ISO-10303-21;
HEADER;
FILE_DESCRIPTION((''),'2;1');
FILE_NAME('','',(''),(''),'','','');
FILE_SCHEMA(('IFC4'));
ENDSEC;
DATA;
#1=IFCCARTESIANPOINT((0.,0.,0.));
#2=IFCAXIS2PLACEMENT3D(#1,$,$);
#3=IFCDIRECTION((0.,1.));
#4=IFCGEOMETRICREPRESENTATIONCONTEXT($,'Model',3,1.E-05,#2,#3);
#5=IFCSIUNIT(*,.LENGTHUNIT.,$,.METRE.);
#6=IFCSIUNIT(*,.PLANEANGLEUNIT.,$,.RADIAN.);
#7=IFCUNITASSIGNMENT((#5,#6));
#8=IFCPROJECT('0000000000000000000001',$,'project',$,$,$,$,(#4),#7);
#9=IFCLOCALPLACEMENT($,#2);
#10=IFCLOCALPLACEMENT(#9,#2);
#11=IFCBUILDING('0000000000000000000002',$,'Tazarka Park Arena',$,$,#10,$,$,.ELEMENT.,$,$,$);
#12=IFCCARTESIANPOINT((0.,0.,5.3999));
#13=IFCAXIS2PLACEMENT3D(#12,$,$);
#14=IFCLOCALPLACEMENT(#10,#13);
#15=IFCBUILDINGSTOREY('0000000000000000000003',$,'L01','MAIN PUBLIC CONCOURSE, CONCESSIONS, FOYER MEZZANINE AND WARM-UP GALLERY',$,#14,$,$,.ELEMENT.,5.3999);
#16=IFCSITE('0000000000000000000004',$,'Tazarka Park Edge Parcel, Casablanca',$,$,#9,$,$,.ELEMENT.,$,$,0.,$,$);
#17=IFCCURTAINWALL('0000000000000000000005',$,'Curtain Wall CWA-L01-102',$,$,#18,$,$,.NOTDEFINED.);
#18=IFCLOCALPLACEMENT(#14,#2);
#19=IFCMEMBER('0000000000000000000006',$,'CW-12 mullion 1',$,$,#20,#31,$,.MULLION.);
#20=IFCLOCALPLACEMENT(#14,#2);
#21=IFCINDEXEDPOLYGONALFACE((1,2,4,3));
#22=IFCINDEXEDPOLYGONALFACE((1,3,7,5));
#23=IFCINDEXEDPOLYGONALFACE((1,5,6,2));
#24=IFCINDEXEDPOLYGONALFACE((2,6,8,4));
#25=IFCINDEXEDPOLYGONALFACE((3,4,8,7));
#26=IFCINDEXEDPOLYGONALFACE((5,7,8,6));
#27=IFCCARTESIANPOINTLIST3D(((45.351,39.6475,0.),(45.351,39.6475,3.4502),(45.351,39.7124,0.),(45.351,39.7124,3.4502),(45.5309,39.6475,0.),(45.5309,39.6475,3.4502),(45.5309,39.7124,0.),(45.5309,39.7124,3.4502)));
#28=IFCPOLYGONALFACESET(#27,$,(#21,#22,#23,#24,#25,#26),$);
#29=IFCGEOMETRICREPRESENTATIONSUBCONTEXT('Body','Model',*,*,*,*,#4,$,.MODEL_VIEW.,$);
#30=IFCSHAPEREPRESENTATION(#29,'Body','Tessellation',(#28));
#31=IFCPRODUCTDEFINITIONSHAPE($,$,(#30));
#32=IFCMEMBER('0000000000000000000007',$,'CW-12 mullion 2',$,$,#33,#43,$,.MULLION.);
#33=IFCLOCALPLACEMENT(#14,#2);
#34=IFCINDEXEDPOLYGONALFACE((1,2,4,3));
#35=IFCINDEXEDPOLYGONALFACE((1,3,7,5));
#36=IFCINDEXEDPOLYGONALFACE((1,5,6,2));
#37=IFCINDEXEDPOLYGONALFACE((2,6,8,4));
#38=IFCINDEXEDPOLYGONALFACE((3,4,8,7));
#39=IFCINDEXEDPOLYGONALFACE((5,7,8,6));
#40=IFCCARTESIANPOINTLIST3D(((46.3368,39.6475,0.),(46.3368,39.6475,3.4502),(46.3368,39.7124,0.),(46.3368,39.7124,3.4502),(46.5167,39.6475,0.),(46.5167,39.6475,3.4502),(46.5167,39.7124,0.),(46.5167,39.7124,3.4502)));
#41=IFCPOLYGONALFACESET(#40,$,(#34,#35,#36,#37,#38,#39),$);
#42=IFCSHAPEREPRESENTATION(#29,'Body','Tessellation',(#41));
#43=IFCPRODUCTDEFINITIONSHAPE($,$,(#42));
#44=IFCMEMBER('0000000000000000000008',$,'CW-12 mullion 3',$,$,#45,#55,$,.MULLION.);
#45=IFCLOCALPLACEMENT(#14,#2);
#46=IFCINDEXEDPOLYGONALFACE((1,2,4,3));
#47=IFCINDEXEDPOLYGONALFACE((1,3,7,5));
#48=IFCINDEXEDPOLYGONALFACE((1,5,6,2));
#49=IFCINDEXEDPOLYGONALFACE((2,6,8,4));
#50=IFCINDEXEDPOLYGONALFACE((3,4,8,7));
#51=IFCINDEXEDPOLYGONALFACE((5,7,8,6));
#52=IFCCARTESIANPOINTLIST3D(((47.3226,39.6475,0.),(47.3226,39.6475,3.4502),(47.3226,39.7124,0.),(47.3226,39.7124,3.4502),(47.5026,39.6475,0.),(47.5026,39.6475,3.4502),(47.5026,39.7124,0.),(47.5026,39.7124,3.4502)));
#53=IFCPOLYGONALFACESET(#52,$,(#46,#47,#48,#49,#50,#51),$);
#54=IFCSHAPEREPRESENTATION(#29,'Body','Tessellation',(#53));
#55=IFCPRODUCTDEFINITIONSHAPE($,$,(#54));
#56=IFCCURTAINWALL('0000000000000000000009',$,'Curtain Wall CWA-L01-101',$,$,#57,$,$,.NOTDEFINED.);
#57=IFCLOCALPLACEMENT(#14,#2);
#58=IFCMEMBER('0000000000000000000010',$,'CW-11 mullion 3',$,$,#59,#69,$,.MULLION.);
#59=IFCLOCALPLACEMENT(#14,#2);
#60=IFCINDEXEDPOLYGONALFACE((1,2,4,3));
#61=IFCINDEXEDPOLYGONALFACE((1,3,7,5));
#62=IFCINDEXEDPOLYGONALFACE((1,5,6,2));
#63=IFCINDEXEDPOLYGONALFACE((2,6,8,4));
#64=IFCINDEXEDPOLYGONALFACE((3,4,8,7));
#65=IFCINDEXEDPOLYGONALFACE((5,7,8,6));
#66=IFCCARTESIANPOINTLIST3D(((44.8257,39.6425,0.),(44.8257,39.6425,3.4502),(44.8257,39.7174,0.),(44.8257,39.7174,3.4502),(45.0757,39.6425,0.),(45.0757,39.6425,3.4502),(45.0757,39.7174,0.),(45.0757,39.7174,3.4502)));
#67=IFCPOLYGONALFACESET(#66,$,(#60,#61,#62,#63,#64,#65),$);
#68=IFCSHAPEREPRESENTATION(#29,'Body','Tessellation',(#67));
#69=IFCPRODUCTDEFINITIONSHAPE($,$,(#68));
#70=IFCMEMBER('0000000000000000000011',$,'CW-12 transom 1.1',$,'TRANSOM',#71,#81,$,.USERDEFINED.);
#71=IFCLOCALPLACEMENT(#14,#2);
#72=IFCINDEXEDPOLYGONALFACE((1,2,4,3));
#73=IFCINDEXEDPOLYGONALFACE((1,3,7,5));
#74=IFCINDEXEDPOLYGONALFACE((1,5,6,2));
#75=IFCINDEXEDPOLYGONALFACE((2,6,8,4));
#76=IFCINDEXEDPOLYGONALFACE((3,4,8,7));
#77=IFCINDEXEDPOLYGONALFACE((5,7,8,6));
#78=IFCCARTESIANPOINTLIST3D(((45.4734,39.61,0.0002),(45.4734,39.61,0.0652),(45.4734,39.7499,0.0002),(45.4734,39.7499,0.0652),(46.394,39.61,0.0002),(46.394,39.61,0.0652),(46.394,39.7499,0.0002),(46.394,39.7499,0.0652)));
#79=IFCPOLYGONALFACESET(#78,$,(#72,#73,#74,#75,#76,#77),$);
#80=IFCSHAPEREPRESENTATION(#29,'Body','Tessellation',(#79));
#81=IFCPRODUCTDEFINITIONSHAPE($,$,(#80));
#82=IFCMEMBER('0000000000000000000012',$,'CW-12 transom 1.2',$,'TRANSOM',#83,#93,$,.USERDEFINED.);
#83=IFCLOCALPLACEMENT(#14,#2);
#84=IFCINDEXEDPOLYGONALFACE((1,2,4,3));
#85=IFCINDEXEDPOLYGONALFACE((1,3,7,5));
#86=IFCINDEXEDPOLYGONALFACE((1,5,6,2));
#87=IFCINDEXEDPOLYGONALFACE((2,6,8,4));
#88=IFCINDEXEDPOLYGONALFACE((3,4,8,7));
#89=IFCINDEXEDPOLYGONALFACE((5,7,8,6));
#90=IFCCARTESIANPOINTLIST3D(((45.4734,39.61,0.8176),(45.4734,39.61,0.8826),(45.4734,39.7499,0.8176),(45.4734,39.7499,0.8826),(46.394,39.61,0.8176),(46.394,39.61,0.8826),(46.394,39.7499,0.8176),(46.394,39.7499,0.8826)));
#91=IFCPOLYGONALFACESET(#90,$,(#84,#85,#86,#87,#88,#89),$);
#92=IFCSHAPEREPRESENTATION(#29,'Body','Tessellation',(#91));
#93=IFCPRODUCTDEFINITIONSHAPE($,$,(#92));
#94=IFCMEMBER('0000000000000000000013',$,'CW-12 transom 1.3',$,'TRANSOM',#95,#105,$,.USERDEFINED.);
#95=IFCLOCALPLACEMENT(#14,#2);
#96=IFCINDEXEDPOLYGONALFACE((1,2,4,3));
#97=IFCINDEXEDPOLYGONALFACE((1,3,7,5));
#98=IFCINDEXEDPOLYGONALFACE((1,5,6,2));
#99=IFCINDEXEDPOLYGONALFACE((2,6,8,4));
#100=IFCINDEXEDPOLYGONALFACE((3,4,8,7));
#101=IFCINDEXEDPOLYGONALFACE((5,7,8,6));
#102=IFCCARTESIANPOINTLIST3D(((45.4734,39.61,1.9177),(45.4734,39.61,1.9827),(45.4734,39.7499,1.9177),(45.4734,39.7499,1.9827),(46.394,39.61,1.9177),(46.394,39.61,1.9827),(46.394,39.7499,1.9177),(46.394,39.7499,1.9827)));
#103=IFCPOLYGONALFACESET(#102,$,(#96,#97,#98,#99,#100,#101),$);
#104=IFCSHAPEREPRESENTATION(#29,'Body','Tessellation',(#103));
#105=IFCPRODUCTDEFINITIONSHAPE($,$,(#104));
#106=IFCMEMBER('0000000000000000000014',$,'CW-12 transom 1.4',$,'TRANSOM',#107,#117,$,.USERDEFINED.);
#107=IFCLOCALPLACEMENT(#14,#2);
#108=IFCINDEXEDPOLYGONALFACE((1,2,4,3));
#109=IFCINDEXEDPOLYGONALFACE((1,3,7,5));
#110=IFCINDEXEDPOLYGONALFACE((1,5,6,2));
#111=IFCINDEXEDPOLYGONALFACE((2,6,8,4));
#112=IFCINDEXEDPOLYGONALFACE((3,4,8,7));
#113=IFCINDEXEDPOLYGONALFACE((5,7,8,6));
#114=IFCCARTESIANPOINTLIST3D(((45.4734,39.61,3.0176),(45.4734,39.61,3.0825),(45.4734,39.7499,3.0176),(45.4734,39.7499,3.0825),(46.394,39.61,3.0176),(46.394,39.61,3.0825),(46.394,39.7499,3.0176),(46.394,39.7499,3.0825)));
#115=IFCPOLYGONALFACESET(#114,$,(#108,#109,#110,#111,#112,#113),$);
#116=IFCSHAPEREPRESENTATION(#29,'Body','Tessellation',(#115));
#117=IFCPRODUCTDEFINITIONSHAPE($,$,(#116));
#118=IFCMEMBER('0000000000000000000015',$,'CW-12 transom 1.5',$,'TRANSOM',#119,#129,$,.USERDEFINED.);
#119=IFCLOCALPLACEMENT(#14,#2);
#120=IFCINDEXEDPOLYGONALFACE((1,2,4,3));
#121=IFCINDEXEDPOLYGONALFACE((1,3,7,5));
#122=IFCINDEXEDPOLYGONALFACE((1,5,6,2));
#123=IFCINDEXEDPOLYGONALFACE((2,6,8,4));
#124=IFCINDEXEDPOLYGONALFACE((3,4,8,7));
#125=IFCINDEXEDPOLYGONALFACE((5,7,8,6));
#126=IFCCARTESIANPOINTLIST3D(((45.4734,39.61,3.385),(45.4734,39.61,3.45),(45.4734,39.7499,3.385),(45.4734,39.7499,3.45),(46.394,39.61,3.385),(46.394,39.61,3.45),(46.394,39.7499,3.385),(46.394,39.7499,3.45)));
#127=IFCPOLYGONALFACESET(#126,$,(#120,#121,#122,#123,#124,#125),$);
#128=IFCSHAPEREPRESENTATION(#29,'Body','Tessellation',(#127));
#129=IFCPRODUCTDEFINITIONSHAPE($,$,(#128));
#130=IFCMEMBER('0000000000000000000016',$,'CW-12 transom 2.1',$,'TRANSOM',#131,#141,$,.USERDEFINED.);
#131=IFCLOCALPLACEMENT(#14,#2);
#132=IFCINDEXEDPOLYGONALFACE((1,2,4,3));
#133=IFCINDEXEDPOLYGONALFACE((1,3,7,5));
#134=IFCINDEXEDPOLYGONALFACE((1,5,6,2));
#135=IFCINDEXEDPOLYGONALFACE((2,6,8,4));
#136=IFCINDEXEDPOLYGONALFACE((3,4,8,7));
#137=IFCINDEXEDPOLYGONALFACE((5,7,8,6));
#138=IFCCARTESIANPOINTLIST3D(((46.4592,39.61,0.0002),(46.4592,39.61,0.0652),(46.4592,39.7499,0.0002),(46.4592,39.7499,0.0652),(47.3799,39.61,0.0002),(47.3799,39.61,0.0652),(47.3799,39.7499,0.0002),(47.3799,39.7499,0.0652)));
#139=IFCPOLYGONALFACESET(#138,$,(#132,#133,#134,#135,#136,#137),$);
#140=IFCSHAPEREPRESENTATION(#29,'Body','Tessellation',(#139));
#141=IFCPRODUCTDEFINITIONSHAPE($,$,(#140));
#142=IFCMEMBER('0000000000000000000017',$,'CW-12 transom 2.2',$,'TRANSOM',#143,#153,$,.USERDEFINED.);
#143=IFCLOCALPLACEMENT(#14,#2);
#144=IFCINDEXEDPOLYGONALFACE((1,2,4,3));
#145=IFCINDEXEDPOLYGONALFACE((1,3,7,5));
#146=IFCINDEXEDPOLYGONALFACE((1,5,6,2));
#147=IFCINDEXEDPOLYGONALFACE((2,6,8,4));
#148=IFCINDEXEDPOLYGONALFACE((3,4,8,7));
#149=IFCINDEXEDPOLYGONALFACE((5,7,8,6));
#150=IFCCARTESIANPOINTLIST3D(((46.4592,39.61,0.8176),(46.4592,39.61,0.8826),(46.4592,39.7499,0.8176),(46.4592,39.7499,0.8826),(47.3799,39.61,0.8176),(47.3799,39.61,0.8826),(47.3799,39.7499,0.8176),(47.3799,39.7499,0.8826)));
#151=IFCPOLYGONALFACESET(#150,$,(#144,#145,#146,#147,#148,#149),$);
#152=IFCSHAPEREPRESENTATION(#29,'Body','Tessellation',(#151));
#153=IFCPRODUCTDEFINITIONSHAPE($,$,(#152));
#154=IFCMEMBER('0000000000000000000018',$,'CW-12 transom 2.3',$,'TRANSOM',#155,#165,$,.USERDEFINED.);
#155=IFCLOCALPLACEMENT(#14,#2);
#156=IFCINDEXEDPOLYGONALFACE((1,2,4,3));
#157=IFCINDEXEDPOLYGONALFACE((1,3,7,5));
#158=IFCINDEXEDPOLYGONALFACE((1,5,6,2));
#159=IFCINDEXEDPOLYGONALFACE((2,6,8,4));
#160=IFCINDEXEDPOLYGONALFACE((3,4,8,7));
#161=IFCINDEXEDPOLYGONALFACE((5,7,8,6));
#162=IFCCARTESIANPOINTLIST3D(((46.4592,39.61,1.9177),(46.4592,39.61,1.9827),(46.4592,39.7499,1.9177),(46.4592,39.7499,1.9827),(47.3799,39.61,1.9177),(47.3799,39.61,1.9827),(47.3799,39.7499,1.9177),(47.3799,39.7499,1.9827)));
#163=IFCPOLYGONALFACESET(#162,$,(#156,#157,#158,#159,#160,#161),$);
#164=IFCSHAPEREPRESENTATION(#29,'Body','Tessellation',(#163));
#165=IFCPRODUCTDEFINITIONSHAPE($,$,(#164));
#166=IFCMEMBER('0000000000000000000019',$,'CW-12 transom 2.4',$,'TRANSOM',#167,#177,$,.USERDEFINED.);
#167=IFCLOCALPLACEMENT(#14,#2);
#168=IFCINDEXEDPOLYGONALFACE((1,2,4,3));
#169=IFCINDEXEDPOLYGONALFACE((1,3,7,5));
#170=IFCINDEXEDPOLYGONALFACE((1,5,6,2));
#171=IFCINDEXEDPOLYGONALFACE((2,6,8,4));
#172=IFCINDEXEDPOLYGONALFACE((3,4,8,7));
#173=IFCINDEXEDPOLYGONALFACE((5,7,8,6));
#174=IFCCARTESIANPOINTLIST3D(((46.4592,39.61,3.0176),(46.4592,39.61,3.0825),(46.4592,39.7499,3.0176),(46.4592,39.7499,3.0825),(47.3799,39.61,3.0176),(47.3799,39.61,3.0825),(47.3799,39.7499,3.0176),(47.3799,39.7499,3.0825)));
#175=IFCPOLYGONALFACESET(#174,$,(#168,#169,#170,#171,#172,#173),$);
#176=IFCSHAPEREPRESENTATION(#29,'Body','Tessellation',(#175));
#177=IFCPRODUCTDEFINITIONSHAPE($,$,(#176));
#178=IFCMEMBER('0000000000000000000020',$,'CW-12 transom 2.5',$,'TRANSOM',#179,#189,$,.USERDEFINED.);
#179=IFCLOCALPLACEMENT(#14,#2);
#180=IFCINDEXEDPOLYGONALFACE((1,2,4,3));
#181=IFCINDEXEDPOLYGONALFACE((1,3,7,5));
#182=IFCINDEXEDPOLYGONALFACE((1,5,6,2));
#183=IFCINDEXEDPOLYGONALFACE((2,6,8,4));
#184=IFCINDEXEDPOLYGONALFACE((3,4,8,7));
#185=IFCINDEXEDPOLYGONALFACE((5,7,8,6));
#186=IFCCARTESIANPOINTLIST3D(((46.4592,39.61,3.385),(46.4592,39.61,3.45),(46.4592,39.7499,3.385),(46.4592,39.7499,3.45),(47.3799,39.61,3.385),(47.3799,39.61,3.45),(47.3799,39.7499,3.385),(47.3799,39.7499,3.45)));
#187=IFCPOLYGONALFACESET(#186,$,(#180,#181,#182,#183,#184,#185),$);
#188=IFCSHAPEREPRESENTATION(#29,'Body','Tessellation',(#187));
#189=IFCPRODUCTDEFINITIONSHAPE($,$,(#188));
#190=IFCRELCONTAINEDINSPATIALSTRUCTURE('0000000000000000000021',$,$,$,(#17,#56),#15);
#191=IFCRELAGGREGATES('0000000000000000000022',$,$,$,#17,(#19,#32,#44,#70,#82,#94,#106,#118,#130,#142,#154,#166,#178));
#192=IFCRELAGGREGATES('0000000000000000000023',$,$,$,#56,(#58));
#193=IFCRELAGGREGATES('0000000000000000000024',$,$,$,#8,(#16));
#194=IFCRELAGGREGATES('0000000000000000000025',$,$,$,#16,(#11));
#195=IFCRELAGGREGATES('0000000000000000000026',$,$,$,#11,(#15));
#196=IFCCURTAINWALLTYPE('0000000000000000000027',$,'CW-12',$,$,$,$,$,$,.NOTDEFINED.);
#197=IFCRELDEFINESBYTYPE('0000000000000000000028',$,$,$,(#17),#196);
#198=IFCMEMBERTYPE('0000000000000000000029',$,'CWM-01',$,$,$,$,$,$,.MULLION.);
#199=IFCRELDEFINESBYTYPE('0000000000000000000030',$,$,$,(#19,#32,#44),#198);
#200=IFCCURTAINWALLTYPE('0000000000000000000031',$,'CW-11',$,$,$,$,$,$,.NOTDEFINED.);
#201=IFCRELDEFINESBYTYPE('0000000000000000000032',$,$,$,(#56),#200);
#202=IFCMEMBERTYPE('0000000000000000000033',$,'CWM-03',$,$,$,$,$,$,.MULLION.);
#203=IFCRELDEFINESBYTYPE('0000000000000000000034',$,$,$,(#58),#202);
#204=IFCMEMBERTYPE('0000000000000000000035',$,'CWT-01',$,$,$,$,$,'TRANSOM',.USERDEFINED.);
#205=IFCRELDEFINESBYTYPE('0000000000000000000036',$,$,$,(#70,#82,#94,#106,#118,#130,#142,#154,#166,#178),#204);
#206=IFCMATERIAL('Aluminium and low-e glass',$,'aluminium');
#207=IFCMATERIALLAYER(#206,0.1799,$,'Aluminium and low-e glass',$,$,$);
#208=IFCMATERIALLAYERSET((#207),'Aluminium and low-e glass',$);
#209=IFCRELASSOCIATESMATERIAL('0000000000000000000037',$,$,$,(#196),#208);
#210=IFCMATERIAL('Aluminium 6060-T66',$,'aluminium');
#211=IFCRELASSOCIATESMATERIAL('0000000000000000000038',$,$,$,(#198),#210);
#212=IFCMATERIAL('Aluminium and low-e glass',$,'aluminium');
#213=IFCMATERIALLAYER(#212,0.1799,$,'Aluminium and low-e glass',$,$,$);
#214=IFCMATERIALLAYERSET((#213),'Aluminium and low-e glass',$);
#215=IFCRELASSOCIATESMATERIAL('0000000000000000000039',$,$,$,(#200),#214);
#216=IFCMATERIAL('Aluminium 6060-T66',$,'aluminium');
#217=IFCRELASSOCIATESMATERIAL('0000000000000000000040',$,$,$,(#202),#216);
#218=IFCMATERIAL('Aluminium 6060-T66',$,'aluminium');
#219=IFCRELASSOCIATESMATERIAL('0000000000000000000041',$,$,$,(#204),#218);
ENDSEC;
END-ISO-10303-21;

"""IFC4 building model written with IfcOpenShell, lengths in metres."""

from ifc_helpers import new_model, si_unit, direction, frame, origin, origin_2d, place, context, subcontext, project, spatial, rectangle, extrude, material, layer, layer_set, material_profile, profile_set, type_object, element, aggregate, save


model = new_model("IFC4")

# Units and contexts
model_context = context("Model", 3, precision=1e-05, world=origin(), true_north=direction((0.0, 1.0)))
body_context = subcontext(model_context, "Body", "Model", "MODEL_VIEW")
ifc_project = project(units=[si_unit("LENGTHUNIT", "METRE"), si_unit("PLANEANGLEUNIT", "RADIAN")], contexts=[model_context])

# Site, building, storey
site_placement = place(None, origin())
site = spatial("IfcSite", under=ifc_project, at=site_placement, Name="Tazarka Park Edge Parcel, Casablanca", CompositionType="ELEMENT", RefElevation=0.0)
building_placement = place(site_placement, origin())
building = spatial("IfcBuilding", under=site, at=building_placement, Name="Tazarka Park Arena", CompositionType="ELEMENT")
storey_placement = place(building_placement, frame((0.0, 0.0, 5.3999)))
storey = spatial("IfcBuildingStorey", under=building, at=storey_placement, Name="L01", Description="MAIN PUBLIC CONCOURSE, CONCESSIONS, FOYER MEZZANINE AND WARM-UP GALLERY", CompositionType="ELEMENT", Elevation=5.3999)

# Curtain wall, members
ifc_material_1 = material(Name="Aluminium and low-e glass", Category="aluminium")
ifc_layer_1 = layer(ifc_material_1, 0.1799, Name="Aluminium and low-e glass")
ifc_layer_set_1 = layer_set([ifc_layer_1], Name="Aluminium and low-e glass")
curtain_wall_type_1 = type_object("IfcCurtainWallType", Name="CW-12", PredefinedType="NOTDEFINED", material=ifc_layer_set_1)
curtain_wall_1_placement = place(storey_placement, origin())
curtain_wall_1 = element("IfcCurtainWall", 1, at=curtain_wall_1_placement, inside=storey, type_object=curtain_wall_type_1, Name="Curtain Wall CWA-L01-102", PredefinedType="NOTDEFINED")
ifc_material_2 = material(Name="Aluminium 6060-T66", Category="aluminium")
ifc_material_profile_1 = material_profile(ifc_material_2, rectangle(XDim=0.0649, YDim=0.1799, at=origin_2d()), Name="Aluminium 6060-T66")
ifc_profile_set_1 = profile_set([ifc_material_profile_1], Name="Aluminium 6060-T66")
member_type_1 = type_object("IfcMemberType", Name="CWM-01", PredefinedType="MULLION", material=ifc_profile_set_1)
member_1_placement = place(storey_placement, frame((45.4409, 39.6799, 0.0), z_axis=(0.0, 0.0, 1.0), x_axis=(0.0, 1.0, 0.0)))
member_1 = element("IfcMember", 2, at=member_1_placement, type_object=member_type_1, Name="CW-12 mullion 1", PredefinedType="MULLION", context=body_context, shape_type="SweptSolid", body=[
    extrude(rectangle(XDim=0.0649, YDim=0.1799, at=origin_2d()), origin(), (0.0, 0.0, 1.0), 3.4502),
])
member_2_placement = place(storey_placement, frame((46.4268, 39.6799, 0.0), z_axis=(0.0, 0.0, 1.0), x_axis=(0.0, 1.0, 0.0)))
member_2 = element("IfcMember", 3, at=member_2_placement, type_object=member_type_1, Name="CW-12 mullion 2", PredefinedType="MULLION", context=body_context, shape_type="SweptSolid", body=[
    extrude(rectangle(XDim=0.0649, YDim=0.1799, at=origin_2d()), origin(), (0.0, 0.0, 1.0), 3.4502),
])
member_3_placement = place(storey_placement, frame((47.4126, 39.6799, 0.0), z_axis=(0.0, 0.0, 1.0), x_axis=(0.0, 1.0, 0.0)))
member_3 = element("IfcMember", 4, at=member_3_placement, type_object=member_type_1, Name="CW-12 mullion 3", PredefinedType="MULLION", context=body_context, shape_type="SweptSolid", body=[
    extrude(rectangle(XDim=0.0649, YDim=0.1799, at=origin_2d()), origin(), (0.0, 0.0, 1.0), 3.4502),
])

# Curtain wall, member
ifc_material_3 = material(Name="Aluminium and low-e glass", Category="aluminium")
ifc_layer_2 = layer(ifc_material_3, 0.1799, Name="Aluminium and low-e glass")
ifc_layer_set_2 = layer_set([ifc_layer_2], Name="Aluminium and low-e glass")
curtain_wall_type_2 = type_object("IfcCurtainWallType", Name="CW-11", PredefinedType="NOTDEFINED", material=ifc_layer_set_2)
curtain_wall_2_placement = place(storey_placement, origin())
curtain_wall_2 = element("IfcCurtainWall", 5, at=curtain_wall_2_placement, inside=storey, type_object=curtain_wall_type_2, Name="Curtain Wall CWA-L01-101", PredefinedType="NOTDEFINED")
ifc_material_4 = material(Name="Aluminium 6060-T66", Category="aluminium")
ifc_material_profile_2 = material_profile(ifc_material_4, rectangle(XDim=0.075, YDim=0.25, at=origin_2d()), Name="Aluminium 6060-T66")
ifc_profile_set_2 = profile_set([ifc_material_profile_2], Name="Aluminium 6060-T66")
member_type_2 = type_object("IfcMemberType", Name="CWM-03", PredefinedType="MULLION", material=ifc_profile_set_2)
member_4_placement = place(storey_placement, frame((44.9507, 39.6799, 0.0), z_axis=(0.0, 0.0, 1.0), x_axis=(0.0, 1.0, 0.0)))
member_4 = element("IfcMember", 6, at=member_4_placement, type_object=member_type_2, Name="CW-11 mullion 3", PredefinedType="MULLION", context=body_context, shape_type="SweptSolid", body=[
    extrude(rectangle(XDim=0.075, YDim=0.25, at=origin_2d()), origin(), (0.0, 0.0, 1.0), 3.4502),
])

# Members
ifc_material_5 = material(Name="Aluminium 6060-T66", Category="aluminium")
ifc_material_profile_3 = material_profile(ifc_material_5, rectangle(XDim=0.1399, YDim=0.0649, at=origin_2d()), Name="Aluminium 6060-T66")
ifc_profile_set_3 = profile_set([ifc_material_profile_3], Name="Aluminium 6060-T66")
member_type_3 = type_object("IfcMemberType", Name="CWT-01", ElementType="TRANSOM", PredefinedType="USERDEFINED", material=ifc_profile_set_3)
member_5_placement = place(storey_placement, frame((45.4734, 39.6799, 0.0327), z_axis=(1.0, 0.0, 0.0), x_axis=(0.0, 1.0, 0.0)))
member_5 = element("IfcMember", 7, at=member_5_placement, type_object=member_type_3, Name="CW-12 transom 1.1", ObjectType="TRANSOM", PredefinedType="USERDEFINED", context=body_context, shape_type="SweptSolid", body=[
    extrude(rectangle(XDim=0.1399, YDim=0.0649, at=origin_2d()), origin(), (0.0, 0.0, 1.0), 0.9207),
])
member_6_placement = place(storey_placement, frame((45.4734, 39.6799, 0.8501), z_axis=(1.0, 0.0, 0.0), x_axis=(0.0, 1.0, 0.0)))
member_6 = element("IfcMember", 8, at=member_6_placement, type_object=member_type_3, Name="CW-12 transom 1.2", ObjectType="TRANSOM", PredefinedType="USERDEFINED", context=body_context, shape_type="SweptSolid", body=[
    extrude(rectangle(XDim=0.1399, YDim=0.0649, at=origin_2d()), origin(), (0.0, 0.0, 1.0), 0.9207),
])
member_7_placement = place(storey_placement, frame((45.4734, 39.6799, 1.9502), z_axis=(1.0, 0.0, 0.0), x_axis=(0.0, 1.0, 0.0)))
member_7 = element("IfcMember", 9, at=member_7_placement, type_object=member_type_3, Name="CW-12 transom 1.3", ObjectType="TRANSOM", PredefinedType="USERDEFINED", context=body_context, shape_type="SweptSolid", body=[
    extrude(rectangle(XDim=0.1399, YDim=0.0649, at=origin_2d()), origin(), (0.0, 0.0, 1.0), 0.9207),
])
member_8_placement = place(storey_placement, frame((45.4734, 39.6799, 3.05), z_axis=(1.0, 0.0, 0.0), x_axis=(0.0, 1.0, 0.0)))
member_8 = element("IfcMember", 10, at=member_8_placement, type_object=member_type_3, Name="CW-12 transom 1.4", ObjectType="TRANSOM", PredefinedType="USERDEFINED", context=body_context, shape_type="SweptSolid", body=[
    extrude(rectangle(XDim=0.1399, YDim=0.0649, at=origin_2d()), origin(), (0.0, 0.0, 1.0), 0.9207),
])
member_9_placement = place(storey_placement, frame((45.4734, 39.6799, 3.4175), z_axis=(1.0, 0.0, 0.0), x_axis=(0.0, 1.0, 0.0)))
member_9 = element("IfcMember", 11, at=member_9_placement, type_object=member_type_3, Name="CW-12 transom 1.5", ObjectType="TRANSOM", PredefinedType="USERDEFINED", context=body_context, shape_type="SweptSolid", body=[
    extrude(rectangle(XDim=0.1399, YDim=0.0649, at=origin_2d()), origin(), (0.0, 0.0, 1.0), 0.9207),
])
member_10_placement = place(storey_placement, frame((46.4592, 39.6799, 0.0327), z_axis=(1.0, 0.0, 0.0), x_axis=(0.0, 1.0, 0.0)))
member_10 = element("IfcMember", 12, at=member_10_placement, type_object=member_type_3, Name="CW-12 transom 2.1", ObjectType="TRANSOM", PredefinedType="USERDEFINED", context=body_context, shape_type="SweptSolid", body=[
    extrude(rectangle(XDim=0.1399, YDim=0.0649, at=origin_2d()), origin(), (0.0, 0.0, 1.0), 0.9207),
])
member_11_placement = place(storey_placement, frame((46.4592, 39.6799, 0.8501), z_axis=(1.0, 0.0, 0.0), x_axis=(0.0, 1.0, 0.0)))
member_11 = element("IfcMember", 13, at=member_11_placement, type_object=member_type_3, Name="CW-12 transom 2.2", ObjectType="TRANSOM", PredefinedType="USERDEFINED", context=body_context, shape_type="SweptSolid", body=[
    extrude(rectangle(XDim=0.1399, YDim=0.0649, at=origin_2d()), origin(), (0.0, 0.0, 1.0), 0.9207),
])
member_12_placement = place(storey_placement, frame((46.4592, 39.6799, 1.9502), z_axis=(1.0, 0.0, 0.0), x_axis=(0.0, 1.0, 0.0)))
member_12 = element("IfcMember", 14, at=member_12_placement, type_object=member_type_3, Name="CW-12 transom 2.3", ObjectType="TRANSOM", PredefinedType="USERDEFINED", context=body_context, shape_type="SweptSolid", body=[
    extrude(rectangle(XDim=0.1399, YDim=0.0649, at=origin_2d()), origin(), (0.0, 0.0, 1.0), 0.9207),
])
member_13_placement = place(storey_placement, frame((46.4592, 39.6799, 3.05), z_axis=(1.0, 0.0, 0.0), x_axis=(0.0, 1.0, 0.0)))
member_13 = element("IfcMember", 15, at=member_13_placement, type_object=member_type_3, Name="CW-12 transom 2.4", ObjectType="TRANSOM", PredefinedType="USERDEFINED", context=body_context, shape_type="SweptSolid", body=[
    extrude(rectangle(XDim=0.1399, YDim=0.0649, at=origin_2d()), origin(), (0.0, 0.0, 1.0), 0.9207),
])
member_14_placement = place(storey_placement, frame((46.4592, 39.6799, 3.4175), z_axis=(1.0, 0.0, 0.0), x_axis=(0.0, 1.0, 0.0)))
member_14 = element("IfcMember", 16, at=member_14_placement, type_object=member_type_3, Name="CW-12 transom 2.5", ObjectType="TRANSOM", PredefinedType="USERDEFINED", context=body_context, shape_type="SweptSolid", body=[
    extrude(rectangle(XDim=0.1399, YDim=0.0649, at=origin_2d()), origin(), (0.0, 0.0, 1.0), 0.9207),
])

aggregate(curtain_wall_1, [member_1, member_2, member_3, member_5, member_6, member_7, member_8, member_9, member_10, member_11, member_12, member_13, member_14])
aggregate(curtain_wall_2, [member_4])

save(model, "model.ifc")
